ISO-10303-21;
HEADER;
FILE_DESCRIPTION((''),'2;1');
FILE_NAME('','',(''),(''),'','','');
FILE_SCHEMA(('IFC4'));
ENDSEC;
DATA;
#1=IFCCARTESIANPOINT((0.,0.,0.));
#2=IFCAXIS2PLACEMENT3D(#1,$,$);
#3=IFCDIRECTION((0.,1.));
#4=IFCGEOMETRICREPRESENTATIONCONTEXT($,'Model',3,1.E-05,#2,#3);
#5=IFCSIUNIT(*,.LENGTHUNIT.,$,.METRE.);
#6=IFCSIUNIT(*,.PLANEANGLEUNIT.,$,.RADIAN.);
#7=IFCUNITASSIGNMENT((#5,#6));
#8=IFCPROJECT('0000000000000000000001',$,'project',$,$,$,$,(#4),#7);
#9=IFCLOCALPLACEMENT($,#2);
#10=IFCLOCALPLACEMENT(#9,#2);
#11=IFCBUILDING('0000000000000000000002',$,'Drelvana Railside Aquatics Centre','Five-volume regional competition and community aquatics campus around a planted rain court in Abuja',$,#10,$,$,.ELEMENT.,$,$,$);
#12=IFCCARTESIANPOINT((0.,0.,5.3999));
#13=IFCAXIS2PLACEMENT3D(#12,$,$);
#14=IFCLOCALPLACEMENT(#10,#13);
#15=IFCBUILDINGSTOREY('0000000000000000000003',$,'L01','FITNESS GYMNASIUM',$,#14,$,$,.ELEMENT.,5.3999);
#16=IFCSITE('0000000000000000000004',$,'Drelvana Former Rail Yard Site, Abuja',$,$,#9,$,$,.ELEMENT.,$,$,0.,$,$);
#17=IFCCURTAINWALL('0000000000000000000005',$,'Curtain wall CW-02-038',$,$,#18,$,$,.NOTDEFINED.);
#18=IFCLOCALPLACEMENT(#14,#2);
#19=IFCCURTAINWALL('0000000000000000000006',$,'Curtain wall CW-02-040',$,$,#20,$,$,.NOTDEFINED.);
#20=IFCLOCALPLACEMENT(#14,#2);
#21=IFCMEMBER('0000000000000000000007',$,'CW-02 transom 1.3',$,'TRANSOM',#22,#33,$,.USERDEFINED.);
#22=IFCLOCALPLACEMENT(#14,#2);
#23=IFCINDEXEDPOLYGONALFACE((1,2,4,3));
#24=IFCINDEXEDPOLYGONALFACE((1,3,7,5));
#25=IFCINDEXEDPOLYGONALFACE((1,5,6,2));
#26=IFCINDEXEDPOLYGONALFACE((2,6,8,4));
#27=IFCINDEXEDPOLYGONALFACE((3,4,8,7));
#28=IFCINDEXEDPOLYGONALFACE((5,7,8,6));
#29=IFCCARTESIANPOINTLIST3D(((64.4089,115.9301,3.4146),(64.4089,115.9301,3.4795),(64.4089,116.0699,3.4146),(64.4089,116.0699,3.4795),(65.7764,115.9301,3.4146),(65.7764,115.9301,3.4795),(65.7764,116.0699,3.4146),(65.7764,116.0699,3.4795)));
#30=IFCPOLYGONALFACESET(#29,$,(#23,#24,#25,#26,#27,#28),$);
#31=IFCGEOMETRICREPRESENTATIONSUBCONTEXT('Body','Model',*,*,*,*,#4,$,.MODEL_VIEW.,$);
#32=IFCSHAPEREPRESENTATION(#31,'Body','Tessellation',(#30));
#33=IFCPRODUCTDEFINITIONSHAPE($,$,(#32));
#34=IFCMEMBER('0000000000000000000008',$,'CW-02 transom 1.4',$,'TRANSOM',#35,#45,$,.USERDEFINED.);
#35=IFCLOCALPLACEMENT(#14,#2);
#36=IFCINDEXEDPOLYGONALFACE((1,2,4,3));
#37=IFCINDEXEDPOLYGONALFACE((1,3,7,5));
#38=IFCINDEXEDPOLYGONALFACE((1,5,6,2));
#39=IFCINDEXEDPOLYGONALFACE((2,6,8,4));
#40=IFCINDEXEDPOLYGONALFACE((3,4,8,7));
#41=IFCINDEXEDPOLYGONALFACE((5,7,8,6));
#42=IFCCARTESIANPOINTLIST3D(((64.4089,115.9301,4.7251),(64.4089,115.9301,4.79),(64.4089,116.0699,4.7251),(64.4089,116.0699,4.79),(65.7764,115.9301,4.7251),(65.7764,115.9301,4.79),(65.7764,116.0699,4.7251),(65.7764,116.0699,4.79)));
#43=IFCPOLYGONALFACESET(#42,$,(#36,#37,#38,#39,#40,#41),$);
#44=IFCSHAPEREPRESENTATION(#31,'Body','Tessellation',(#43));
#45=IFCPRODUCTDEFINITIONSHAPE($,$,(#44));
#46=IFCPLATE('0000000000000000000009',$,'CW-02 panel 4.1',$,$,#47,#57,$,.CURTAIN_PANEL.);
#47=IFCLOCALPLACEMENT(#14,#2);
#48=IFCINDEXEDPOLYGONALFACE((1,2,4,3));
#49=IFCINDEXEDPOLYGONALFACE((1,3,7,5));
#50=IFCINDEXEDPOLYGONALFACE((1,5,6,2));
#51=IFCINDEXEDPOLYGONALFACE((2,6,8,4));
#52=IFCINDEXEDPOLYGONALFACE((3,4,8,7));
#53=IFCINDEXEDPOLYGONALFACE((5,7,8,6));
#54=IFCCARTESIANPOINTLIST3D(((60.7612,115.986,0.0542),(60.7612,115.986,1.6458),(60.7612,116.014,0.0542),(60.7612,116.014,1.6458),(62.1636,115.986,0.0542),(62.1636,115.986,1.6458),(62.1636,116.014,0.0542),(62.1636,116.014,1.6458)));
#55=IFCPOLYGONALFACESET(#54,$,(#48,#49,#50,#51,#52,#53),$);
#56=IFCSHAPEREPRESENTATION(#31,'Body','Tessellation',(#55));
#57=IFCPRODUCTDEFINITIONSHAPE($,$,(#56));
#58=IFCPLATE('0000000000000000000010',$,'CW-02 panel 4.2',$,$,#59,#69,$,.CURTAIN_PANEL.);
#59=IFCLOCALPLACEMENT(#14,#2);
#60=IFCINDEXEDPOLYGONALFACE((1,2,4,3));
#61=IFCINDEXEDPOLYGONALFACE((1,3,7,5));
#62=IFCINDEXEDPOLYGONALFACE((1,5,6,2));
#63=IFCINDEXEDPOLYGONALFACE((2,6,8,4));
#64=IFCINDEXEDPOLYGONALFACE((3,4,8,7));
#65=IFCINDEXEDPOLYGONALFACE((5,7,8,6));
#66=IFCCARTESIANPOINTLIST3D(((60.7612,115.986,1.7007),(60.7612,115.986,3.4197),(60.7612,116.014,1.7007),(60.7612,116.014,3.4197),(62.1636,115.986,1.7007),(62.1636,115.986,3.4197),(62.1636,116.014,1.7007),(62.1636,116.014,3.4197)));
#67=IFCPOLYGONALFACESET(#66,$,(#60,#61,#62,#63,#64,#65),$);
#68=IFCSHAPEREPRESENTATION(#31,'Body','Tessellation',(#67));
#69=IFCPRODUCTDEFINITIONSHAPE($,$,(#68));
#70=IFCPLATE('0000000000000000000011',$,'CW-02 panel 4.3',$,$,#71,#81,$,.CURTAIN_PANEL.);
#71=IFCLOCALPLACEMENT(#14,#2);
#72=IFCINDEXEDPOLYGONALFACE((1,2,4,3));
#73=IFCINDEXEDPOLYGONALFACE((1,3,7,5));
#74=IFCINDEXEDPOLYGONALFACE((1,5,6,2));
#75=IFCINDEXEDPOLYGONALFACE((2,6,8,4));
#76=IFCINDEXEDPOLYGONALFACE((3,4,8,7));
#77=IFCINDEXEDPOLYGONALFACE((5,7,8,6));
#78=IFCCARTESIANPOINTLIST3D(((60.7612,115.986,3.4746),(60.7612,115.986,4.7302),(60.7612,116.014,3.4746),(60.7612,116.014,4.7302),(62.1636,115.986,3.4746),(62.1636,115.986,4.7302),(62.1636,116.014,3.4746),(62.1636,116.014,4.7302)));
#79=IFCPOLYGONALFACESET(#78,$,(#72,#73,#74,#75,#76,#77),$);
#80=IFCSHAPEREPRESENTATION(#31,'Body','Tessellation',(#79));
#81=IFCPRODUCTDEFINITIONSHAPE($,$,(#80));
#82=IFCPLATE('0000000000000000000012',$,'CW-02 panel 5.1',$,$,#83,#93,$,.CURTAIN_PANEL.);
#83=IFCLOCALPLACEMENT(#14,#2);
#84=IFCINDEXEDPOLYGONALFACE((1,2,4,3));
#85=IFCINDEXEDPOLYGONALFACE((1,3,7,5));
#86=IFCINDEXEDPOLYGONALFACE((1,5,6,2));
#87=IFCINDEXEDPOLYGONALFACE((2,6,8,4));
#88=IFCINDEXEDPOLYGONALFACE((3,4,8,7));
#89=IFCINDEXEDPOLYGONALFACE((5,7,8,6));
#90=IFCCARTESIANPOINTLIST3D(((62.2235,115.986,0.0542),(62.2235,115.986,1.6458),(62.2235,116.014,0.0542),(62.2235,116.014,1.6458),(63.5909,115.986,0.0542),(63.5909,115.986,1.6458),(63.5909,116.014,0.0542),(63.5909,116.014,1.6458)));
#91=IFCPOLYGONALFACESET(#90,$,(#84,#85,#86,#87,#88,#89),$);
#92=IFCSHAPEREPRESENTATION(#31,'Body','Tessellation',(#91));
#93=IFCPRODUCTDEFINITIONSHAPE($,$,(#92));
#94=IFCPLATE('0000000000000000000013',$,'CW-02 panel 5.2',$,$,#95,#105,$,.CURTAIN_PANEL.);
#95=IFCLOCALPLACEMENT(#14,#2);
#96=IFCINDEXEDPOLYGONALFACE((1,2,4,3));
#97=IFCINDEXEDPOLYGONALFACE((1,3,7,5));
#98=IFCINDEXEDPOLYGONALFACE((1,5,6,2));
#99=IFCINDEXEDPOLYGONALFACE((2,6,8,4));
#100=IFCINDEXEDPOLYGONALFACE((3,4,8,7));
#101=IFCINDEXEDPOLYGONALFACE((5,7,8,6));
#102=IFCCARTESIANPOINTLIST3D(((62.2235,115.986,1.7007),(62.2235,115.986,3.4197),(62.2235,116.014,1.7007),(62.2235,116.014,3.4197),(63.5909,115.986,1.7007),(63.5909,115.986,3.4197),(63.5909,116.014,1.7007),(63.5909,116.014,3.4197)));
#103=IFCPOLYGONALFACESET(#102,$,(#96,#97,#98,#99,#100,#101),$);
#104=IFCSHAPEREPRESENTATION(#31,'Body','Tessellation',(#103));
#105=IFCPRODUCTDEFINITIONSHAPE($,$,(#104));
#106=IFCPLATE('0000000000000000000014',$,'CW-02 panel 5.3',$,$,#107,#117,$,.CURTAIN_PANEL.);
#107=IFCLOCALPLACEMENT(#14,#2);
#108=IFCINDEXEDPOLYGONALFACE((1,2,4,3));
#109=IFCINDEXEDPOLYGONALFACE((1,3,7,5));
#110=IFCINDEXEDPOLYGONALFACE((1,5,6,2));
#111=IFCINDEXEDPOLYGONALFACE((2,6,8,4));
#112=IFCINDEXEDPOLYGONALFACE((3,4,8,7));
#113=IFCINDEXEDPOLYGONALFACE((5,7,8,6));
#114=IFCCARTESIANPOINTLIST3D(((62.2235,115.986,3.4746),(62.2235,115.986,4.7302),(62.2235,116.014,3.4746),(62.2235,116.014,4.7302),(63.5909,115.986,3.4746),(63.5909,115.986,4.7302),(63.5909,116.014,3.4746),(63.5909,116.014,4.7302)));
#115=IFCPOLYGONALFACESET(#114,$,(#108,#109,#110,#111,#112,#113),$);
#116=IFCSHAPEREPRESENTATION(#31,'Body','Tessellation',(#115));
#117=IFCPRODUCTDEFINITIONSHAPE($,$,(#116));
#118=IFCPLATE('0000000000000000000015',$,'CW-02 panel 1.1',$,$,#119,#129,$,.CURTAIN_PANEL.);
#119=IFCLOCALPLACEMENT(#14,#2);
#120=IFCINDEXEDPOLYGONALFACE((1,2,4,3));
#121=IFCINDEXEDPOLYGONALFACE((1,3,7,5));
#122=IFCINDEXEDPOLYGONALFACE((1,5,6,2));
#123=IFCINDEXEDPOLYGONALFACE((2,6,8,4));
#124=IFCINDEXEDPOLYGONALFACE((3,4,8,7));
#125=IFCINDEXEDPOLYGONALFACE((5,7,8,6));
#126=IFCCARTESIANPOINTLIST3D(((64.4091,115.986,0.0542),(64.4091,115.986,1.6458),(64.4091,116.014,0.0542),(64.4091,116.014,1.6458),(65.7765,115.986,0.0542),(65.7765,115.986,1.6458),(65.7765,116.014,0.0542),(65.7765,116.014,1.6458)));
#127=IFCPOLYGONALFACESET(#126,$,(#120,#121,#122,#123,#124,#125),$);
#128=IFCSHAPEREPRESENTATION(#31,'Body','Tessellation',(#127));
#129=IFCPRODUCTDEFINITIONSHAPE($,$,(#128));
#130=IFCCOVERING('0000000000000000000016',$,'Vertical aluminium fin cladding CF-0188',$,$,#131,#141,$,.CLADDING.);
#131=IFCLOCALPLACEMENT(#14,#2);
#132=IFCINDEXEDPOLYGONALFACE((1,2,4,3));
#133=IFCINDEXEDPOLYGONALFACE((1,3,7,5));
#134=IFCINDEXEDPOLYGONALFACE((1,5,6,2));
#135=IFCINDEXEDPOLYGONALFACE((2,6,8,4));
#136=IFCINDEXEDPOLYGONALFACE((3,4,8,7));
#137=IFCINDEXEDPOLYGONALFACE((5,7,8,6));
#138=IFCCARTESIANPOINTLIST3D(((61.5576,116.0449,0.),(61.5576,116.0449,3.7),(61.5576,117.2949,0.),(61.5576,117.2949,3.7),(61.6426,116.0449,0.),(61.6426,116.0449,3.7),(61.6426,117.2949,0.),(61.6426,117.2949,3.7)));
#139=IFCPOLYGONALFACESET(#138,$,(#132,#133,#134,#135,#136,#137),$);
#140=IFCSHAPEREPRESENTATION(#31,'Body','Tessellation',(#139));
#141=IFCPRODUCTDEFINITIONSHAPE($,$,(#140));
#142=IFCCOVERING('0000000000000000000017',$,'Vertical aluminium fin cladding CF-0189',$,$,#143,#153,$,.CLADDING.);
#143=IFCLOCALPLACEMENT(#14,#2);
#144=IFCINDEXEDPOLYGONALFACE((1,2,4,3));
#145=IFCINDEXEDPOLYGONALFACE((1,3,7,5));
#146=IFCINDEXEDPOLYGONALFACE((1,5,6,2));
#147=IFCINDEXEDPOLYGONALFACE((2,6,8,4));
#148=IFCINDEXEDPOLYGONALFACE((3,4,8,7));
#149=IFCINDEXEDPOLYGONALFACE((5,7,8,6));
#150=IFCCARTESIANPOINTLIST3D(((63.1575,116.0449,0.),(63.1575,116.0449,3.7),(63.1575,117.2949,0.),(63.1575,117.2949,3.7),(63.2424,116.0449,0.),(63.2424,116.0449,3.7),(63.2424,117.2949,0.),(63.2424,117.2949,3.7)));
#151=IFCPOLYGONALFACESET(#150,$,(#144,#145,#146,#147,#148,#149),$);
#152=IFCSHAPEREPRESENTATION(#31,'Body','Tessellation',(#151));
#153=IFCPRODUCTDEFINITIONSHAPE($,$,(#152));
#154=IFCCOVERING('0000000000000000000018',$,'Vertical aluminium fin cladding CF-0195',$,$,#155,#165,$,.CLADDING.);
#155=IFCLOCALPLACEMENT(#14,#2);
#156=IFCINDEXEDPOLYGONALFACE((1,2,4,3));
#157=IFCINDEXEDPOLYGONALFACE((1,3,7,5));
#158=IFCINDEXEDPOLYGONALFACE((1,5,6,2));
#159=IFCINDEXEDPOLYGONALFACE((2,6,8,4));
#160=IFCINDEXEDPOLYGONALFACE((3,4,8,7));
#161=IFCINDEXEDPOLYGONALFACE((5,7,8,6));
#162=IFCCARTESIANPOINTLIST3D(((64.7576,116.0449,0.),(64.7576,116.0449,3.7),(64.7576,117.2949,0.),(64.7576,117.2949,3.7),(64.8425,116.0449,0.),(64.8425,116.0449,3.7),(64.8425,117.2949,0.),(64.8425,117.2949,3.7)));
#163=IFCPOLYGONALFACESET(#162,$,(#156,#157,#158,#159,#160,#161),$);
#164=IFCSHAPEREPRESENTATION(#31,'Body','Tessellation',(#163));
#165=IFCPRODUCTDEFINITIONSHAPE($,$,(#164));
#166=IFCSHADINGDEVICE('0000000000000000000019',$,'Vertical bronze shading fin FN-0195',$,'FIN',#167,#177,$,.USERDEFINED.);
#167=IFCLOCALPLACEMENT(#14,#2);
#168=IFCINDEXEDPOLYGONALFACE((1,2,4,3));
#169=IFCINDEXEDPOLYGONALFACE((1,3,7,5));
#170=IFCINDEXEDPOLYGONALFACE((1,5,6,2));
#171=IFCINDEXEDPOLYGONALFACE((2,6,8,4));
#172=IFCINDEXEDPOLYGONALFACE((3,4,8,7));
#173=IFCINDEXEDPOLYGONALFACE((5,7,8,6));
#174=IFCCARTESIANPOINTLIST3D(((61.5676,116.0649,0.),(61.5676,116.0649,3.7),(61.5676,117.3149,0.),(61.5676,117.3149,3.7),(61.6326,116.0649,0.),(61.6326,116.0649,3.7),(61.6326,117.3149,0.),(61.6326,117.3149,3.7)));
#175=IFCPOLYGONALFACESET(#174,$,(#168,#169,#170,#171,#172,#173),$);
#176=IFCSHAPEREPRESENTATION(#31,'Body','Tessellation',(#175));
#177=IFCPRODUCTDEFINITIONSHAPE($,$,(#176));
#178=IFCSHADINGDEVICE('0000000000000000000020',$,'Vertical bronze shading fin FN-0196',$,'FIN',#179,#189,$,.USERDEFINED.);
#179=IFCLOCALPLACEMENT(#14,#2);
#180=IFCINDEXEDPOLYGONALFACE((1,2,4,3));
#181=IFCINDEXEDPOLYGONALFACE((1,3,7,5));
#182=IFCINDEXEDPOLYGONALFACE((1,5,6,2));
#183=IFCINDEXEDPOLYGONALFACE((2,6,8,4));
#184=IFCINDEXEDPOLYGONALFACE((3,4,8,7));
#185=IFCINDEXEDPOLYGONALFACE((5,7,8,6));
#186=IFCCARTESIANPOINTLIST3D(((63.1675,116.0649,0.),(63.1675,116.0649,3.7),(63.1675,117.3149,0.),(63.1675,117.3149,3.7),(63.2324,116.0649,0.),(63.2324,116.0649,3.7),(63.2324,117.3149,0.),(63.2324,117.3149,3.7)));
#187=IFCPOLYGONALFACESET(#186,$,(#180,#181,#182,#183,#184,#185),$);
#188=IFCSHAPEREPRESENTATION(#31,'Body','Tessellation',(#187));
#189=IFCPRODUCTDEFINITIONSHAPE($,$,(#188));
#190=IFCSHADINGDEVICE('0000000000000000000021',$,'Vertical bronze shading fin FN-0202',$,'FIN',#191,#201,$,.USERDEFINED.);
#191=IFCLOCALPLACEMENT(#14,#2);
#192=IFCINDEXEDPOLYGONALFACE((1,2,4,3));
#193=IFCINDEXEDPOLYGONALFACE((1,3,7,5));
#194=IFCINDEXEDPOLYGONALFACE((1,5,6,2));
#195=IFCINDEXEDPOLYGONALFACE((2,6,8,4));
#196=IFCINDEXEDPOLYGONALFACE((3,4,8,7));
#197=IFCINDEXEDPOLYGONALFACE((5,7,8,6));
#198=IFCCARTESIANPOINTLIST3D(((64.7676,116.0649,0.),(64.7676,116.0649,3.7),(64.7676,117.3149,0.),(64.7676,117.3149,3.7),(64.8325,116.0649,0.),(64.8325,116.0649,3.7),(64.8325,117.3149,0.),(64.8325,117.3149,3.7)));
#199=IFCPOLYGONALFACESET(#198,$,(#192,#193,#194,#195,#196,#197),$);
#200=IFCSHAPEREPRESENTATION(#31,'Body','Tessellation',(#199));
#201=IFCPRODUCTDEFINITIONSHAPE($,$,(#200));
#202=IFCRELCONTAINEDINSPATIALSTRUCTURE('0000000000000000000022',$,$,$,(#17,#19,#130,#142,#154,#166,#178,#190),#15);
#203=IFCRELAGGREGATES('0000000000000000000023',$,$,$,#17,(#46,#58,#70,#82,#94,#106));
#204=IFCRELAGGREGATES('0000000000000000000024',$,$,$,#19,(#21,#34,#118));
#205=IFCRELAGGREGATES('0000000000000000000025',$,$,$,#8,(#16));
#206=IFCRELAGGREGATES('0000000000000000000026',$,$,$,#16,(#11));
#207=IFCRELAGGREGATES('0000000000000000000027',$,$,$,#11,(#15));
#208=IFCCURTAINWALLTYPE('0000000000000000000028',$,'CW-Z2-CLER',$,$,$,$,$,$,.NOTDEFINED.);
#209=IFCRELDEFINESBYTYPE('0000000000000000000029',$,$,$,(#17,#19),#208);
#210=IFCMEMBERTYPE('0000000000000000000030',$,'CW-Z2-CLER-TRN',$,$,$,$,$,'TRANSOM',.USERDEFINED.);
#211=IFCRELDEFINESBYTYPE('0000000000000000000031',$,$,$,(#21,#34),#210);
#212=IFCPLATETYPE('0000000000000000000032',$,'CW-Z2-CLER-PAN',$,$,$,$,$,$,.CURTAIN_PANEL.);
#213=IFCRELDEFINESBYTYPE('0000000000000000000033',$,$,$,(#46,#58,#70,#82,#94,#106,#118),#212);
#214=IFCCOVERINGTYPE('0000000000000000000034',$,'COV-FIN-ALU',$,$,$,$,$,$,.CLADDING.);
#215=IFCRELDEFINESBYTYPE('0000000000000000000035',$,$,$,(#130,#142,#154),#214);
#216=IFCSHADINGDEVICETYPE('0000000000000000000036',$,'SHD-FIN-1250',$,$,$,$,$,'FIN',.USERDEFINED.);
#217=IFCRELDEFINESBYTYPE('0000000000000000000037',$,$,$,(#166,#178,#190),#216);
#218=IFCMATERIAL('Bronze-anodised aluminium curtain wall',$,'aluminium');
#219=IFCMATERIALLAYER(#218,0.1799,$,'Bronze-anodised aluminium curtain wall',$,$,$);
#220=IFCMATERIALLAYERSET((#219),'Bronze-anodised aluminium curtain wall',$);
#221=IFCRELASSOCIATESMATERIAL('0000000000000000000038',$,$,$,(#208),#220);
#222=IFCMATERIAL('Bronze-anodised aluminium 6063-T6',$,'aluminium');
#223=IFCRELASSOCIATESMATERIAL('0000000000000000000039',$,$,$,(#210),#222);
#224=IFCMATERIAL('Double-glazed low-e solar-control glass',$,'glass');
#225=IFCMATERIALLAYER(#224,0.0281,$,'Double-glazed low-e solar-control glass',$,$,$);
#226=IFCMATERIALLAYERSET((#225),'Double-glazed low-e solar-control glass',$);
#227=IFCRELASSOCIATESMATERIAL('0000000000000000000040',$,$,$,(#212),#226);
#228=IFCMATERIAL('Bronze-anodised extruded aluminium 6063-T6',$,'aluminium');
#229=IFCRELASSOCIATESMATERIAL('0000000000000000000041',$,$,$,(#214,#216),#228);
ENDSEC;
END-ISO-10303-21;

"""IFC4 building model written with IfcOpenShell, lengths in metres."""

from ifc_helpers import new_model, si_unit, direction, frame, origin, origin_2d, place, context, subcontext, project, spatial, rectangle, extrude, material, layer, layer_set, material_profile, profile_set, type_object, element, aggregate, save


model = new_model("IFC4")

# Units and contexts
model_context = context("Model", 3, precision=1e-05, world=origin(), true_north=direction((0.0, 1.0)))
body_context = subcontext(model_context, "Body", "Model", "MODEL_VIEW")
ifc_project = project(units=[si_unit("LENGTHUNIT", "METRE"), si_unit("PLANEANGLEUNIT", "RADIAN")], contexts=[model_context])

# Site, building, storey
site_placement = place(None, origin())
site = spatial("IfcSite", under=ifc_project, at=site_placement, Name="Drelvana Former Rail Yard Site, Abuja", CompositionType="ELEMENT", RefElevation=0.0)
building_placement = place(site_placement, origin())
building = spatial("IfcBuilding", under=site, at=building_placement, Name="Drelvana Railside Aquatics Centre", Description="Five-volume regional competition and community aquatics campus around a planted rain court in Abuja", CompositionType="ELEMENT")
storey_placement = place(building_placement, frame((0.0, 0.0, 5.3999)))
storey = spatial("IfcBuildingStorey", under=building, at=storey_placement, Name="L01", Description="FITNESS GYMNASIUM", CompositionType="ELEMENT", Elevation=5.3999)

# Curtain wall
ifc_material_1 = material(Name="Bronze-anodised aluminium curtain wall", Category="aluminium")
ifc_layer_1 = layer(ifc_material_1, 0.1799, Name="Bronze-anodised aluminium curtain wall")
ifc_layer_set_1 = layer_set([ifc_layer_1], Name="Bronze-anodised aluminium curtain wall")
curtain_wall_type = type_object("IfcCurtainWallType", Name="CW-Z2-CLER", PredefinedType="NOTDEFINED", material=ifc_layer_set_1)
curtain_wall_1_placement = place(storey_placement, origin())
curtain_wall_1 = element("IfcCurtainWall", 1, at=curtain_wall_1_placement, inside=storey, type_object=curtain_wall_type, Name="Curtain wall CW-02-038", PredefinedType="NOTDEFINED")
ifc_material_2 = material(Name="Bronze-anodised aluminium 6063-T6", Category="aluminium")

# Curtain wall
curtain_wall_2_placement = place(storey_placement, origin())
curtain_wall_2 = element("IfcCurtainWall", 2, at=curtain_wall_2_placement, inside=storey, type_object=curtain_wall_type, Name="Curtain wall CW-02-040", PredefinedType="NOTDEFINED")

# Members
ifc_material_profile_1 = material_profile(ifc_material_2, rectangle(XDim=0.1399, YDim=0.0649, at=origin_2d()), Name="ALU-T 65x140")
ifc_profile_set_1 = profile_set([ifc_material_profile_1], Name="Bronze-anodised aluminium 6063-T6")
member_type_1 = type_object("IfcMemberType", Name="CW-Z2-CLER-TRN", ElementType="TRANSOM", PredefinedType="USERDEFINED", material=ifc_profile_set_1)
member_1_placement = place(storey_placement, frame((64.4089, 116.0, 3.447), z_axis=(1.0, 0.0, 0.0), x_axis=(0.0, 1.0, 0.0)))
member_1 = element("IfcMember", 3, at=member_1_placement, type_object=member_type_1, Name="CW-02 transom 1.3", ObjectType="TRANSOM", PredefinedType="USERDEFINED", context=body_context, shape_type="SweptSolid", body=[
    extrude(rectangle(XDim=0.1399, YDim=0.0649, at=origin_2d()), origin(), (0.0, 0.0, 1.0), 1.3674),
])
member_2_placement = place(storey_placement, frame((64.4089, 116.0, 4.7576), z_axis=(1.0, 0.0, 0.0), x_axis=(0.0, 1.0, 0.0)))
member_2 = element("IfcMember", 4, at=member_2_placement, type_object=member_type_1, Name="CW-02 transom 1.4", ObjectType="TRANSOM", PredefinedType="USERDEFINED", context=body_context, shape_type="SweptSolid", body=[
    extrude(rectangle(XDim=0.1399, YDim=0.0649, at=origin_2d()), origin(), (0.0, 0.0, 1.0), 1.3674),
])

# Plates
ifc_material_3 = material(Name="Double-glazed low-e solar-control glass", Category="glass")
ifc_layer_2 = layer(ifc_material_3, 0.0281, Name="Double-glazed low-e solar-control glass")
ifc_layer_set_2 = layer_set([ifc_layer_2], Name="Double-glazed low-e solar-control glass")
plate_type = type_object("IfcPlateType", Name="CW-Z2-CLER-PAN", PredefinedType="CURTAIN_PANEL", material=ifc_layer_set_2)
plate_1_placement = place(storey_placement, frame((61.4624, 116.0, 0.0542), z_axis=(0.0, 0.0, 1.0), x_axis=(1.0, 0.0, 0.0)))
plate_1 = element("IfcPlate", 5, at=plate_1_placement, type_object=plate_type, Name="CW-02 panel 4.1", PredefinedType="CURTAIN_PANEL", context=body_context, shape_type="SweptSolid", body=[
    extrude(rectangle(XDim=1.4023, YDim=0.0281, at=origin_2d()), origin(), (0.0, 0.0, 1.0), 1.5916),
])
plate_2_placement = place(storey_placement, frame((61.4624, 116.0, 1.7007), z_axis=(0.0, 0.0, 1.0), x_axis=(1.0, 0.0, 0.0)))
plate_2 = element("IfcPlate", 6, at=plate_2_placement, type_object=plate_type, Name="CW-02 panel 4.2", PredefinedType="CURTAIN_PANEL", context=body_context, shape_type="SweptSolid", body=[
    extrude(rectangle(XDim=1.4023, YDim=0.0281, at=origin_2d()), origin(), (0.0, 0.0, 1.0), 1.719),
])
plate_3_placement = place(storey_placement, frame((61.4624, 116.0, 3.4746), z_axis=(0.0, 0.0, 1.0), x_axis=(1.0, 0.0, 0.0)))
plate_3 = element("IfcPlate", 7, at=plate_3_placement, type_object=plate_type, Name="CW-02 panel 4.3", PredefinedType="CURTAIN_PANEL", context=body_context, shape_type="SweptSolid", body=[
    extrude(rectangle(XDim=1.4023, YDim=0.0281, at=origin_2d()), origin(), (0.0, 0.0, 1.0), 1.2556),
])
plate_4_placement = place(storey_placement, frame((62.9072, 116.0, 0.0542), z_axis=(0.0, 0.0, 1.0), x_axis=(1.0, 0.0, 0.0)))
plate_4 = element("IfcPlate", 8, at=plate_4_placement, type_object=plate_type, Name="CW-02 panel 5.1", PredefinedType="CURTAIN_PANEL", context=body_context, shape_type="SweptSolid", body=[
    extrude(rectangle(XDim=1.3674, YDim=0.0281, at=origin_2d()), origin(), (0.0, 0.0, 1.0), 1.5916),
])
plate_5_placement = place(storey_placement, frame((62.9072, 116.0, 1.7007), z_axis=(0.0, 0.0, 1.0), x_axis=(1.0, 0.0, 0.0)))
plate_5 = element("IfcPlate", 9, at=plate_5_placement, type_object=plate_type, Name="CW-02 panel 5.2", PredefinedType="CURTAIN_PANEL", context=body_context, shape_type="SweptSolid", body=[
    extrude(rectangle(XDim=1.3674, YDim=0.0281, at=origin_2d()), origin(), (0.0, 0.0, 1.0), 1.719),
])
plate_6_placement = place(storey_placement, frame((62.9072, 116.0, 3.4746), z_axis=(0.0, 0.0, 1.0), x_axis=(1.0, 0.0, 0.0)))
plate_6 = element("IfcPlate", 10, at=plate_6_placement, type_object=plate_type, Name="CW-02 panel 5.3", PredefinedType="CURTAIN_PANEL", context=body_context, shape_type="SweptSolid", body=[
    extrude(rectangle(XDim=1.3674, YDim=0.0281, at=origin_2d()), origin(), (0.0, 0.0, 1.0), 1.2556),
])
aggregate(curtain_wall_1, [plate_1, plate_2, plate_3, plate_4, plate_5, plate_6])
plate_7_placement = place(storey_placement, frame((65.0928, 116.0, 0.0542), z_axis=(0.0, 0.0, 1.0), x_axis=(1.0, 0.0, 0.0)))
plate_7 = element("IfcPlate", 11, at=plate_7_placement, type_object=plate_type, Name="CW-02 panel 1.1", PredefinedType="CURTAIN_PANEL", context=body_context, shape_type="SweptSolid", body=[
    extrude(rectangle(XDim=1.3674, YDim=0.0281, at=origin_2d()), origin(), (0.0, 0.0, 1.0), 1.5916),
])
aggregate(curtain_wall_2, [member_1, member_2, plate_7])

# Coverings
ifc_material_4 = material(Name="Bronze-anodised extruded aluminium 6063-T6", Category="aluminium")
covering_type = type_object("IfcCoveringType", Name="COV-FIN-ALU", PredefinedType="CLADDING", material=ifc_material_4)
for number, where, z_axis, x_axis, name in (
    (12, (61.6001, 116.6699, 0.0), (0.0, 0.0, 1.0), (1.0, 0.0, 0.0), "Vertical aluminium fin cladding CF-0188"),
    (13, (63.2, 116.6699, 0.0), (0.0, 0.0, 1.0), (1.0, 0.0, 0.0), "Vertical aluminium fin cladding CF-0189"),
    (14, (64.8, 116.6699, 0.0), (0.0, 0.0, 1.0), (1.0, 0.0, 0.0), "Vertical aluminium fin cladding CF-0195"),
):
    element("IfcCovering", number, at=place(storey_placement, frame(where, z_axis=z_axis, x_axis=x_axis)), inside=storey, type_object=covering_type, Name=name, PredefinedType="CLADDING", context=body_context, shape_type="SweptSolid", body=[
        extrude(rectangle(XDim=0.085, YDim=1.25, at=origin_2d()), origin(), (0.0, 0.0, 1.0), 3.7),
    ])

# Shading devices
shading_device_type = type_object("IfcShadingDeviceType", Name="SHD-FIN-1250", ElementType="FIN", PredefinedType="USERDEFINED", material=ifc_material_4)
for number, where, z_axis, x_axis, name in (
    (15, (61.6001, 116.6899, 0.0), (0.0, 0.0, 1.0), (0.0, 1.0, 0.0), "Vertical bronze shading fin FN-0195"),
    (16, (63.2, 116.6899, 0.0), (0.0, 0.0, 1.0), (0.0, 1.0, 0.0), "Vertical bronze shading fin FN-0196"),
    (17, (64.8, 116.6899, 0.0), (0.0, 0.0, 1.0), (0.0, 1.0, 0.0), "Vertical bronze shading fin FN-0202"),
):
    element("IfcShadingDevice", number, at=place(storey_placement, frame(where, z_axis=z_axis, x_axis=x_axis)), inside=storey, type_object=shading_device_type, Name=name, ObjectType="FIN", PredefinedType="USERDEFINED", context=body_context, shape_type="SweptSolid", body=[
        extrude(rectangle(XDim=1.25, YDim=0.0649, at=origin_2d()), origin(), (0.0, 0.0, 1.0), 3.7),
    ])

save(model, "model.ifc")
